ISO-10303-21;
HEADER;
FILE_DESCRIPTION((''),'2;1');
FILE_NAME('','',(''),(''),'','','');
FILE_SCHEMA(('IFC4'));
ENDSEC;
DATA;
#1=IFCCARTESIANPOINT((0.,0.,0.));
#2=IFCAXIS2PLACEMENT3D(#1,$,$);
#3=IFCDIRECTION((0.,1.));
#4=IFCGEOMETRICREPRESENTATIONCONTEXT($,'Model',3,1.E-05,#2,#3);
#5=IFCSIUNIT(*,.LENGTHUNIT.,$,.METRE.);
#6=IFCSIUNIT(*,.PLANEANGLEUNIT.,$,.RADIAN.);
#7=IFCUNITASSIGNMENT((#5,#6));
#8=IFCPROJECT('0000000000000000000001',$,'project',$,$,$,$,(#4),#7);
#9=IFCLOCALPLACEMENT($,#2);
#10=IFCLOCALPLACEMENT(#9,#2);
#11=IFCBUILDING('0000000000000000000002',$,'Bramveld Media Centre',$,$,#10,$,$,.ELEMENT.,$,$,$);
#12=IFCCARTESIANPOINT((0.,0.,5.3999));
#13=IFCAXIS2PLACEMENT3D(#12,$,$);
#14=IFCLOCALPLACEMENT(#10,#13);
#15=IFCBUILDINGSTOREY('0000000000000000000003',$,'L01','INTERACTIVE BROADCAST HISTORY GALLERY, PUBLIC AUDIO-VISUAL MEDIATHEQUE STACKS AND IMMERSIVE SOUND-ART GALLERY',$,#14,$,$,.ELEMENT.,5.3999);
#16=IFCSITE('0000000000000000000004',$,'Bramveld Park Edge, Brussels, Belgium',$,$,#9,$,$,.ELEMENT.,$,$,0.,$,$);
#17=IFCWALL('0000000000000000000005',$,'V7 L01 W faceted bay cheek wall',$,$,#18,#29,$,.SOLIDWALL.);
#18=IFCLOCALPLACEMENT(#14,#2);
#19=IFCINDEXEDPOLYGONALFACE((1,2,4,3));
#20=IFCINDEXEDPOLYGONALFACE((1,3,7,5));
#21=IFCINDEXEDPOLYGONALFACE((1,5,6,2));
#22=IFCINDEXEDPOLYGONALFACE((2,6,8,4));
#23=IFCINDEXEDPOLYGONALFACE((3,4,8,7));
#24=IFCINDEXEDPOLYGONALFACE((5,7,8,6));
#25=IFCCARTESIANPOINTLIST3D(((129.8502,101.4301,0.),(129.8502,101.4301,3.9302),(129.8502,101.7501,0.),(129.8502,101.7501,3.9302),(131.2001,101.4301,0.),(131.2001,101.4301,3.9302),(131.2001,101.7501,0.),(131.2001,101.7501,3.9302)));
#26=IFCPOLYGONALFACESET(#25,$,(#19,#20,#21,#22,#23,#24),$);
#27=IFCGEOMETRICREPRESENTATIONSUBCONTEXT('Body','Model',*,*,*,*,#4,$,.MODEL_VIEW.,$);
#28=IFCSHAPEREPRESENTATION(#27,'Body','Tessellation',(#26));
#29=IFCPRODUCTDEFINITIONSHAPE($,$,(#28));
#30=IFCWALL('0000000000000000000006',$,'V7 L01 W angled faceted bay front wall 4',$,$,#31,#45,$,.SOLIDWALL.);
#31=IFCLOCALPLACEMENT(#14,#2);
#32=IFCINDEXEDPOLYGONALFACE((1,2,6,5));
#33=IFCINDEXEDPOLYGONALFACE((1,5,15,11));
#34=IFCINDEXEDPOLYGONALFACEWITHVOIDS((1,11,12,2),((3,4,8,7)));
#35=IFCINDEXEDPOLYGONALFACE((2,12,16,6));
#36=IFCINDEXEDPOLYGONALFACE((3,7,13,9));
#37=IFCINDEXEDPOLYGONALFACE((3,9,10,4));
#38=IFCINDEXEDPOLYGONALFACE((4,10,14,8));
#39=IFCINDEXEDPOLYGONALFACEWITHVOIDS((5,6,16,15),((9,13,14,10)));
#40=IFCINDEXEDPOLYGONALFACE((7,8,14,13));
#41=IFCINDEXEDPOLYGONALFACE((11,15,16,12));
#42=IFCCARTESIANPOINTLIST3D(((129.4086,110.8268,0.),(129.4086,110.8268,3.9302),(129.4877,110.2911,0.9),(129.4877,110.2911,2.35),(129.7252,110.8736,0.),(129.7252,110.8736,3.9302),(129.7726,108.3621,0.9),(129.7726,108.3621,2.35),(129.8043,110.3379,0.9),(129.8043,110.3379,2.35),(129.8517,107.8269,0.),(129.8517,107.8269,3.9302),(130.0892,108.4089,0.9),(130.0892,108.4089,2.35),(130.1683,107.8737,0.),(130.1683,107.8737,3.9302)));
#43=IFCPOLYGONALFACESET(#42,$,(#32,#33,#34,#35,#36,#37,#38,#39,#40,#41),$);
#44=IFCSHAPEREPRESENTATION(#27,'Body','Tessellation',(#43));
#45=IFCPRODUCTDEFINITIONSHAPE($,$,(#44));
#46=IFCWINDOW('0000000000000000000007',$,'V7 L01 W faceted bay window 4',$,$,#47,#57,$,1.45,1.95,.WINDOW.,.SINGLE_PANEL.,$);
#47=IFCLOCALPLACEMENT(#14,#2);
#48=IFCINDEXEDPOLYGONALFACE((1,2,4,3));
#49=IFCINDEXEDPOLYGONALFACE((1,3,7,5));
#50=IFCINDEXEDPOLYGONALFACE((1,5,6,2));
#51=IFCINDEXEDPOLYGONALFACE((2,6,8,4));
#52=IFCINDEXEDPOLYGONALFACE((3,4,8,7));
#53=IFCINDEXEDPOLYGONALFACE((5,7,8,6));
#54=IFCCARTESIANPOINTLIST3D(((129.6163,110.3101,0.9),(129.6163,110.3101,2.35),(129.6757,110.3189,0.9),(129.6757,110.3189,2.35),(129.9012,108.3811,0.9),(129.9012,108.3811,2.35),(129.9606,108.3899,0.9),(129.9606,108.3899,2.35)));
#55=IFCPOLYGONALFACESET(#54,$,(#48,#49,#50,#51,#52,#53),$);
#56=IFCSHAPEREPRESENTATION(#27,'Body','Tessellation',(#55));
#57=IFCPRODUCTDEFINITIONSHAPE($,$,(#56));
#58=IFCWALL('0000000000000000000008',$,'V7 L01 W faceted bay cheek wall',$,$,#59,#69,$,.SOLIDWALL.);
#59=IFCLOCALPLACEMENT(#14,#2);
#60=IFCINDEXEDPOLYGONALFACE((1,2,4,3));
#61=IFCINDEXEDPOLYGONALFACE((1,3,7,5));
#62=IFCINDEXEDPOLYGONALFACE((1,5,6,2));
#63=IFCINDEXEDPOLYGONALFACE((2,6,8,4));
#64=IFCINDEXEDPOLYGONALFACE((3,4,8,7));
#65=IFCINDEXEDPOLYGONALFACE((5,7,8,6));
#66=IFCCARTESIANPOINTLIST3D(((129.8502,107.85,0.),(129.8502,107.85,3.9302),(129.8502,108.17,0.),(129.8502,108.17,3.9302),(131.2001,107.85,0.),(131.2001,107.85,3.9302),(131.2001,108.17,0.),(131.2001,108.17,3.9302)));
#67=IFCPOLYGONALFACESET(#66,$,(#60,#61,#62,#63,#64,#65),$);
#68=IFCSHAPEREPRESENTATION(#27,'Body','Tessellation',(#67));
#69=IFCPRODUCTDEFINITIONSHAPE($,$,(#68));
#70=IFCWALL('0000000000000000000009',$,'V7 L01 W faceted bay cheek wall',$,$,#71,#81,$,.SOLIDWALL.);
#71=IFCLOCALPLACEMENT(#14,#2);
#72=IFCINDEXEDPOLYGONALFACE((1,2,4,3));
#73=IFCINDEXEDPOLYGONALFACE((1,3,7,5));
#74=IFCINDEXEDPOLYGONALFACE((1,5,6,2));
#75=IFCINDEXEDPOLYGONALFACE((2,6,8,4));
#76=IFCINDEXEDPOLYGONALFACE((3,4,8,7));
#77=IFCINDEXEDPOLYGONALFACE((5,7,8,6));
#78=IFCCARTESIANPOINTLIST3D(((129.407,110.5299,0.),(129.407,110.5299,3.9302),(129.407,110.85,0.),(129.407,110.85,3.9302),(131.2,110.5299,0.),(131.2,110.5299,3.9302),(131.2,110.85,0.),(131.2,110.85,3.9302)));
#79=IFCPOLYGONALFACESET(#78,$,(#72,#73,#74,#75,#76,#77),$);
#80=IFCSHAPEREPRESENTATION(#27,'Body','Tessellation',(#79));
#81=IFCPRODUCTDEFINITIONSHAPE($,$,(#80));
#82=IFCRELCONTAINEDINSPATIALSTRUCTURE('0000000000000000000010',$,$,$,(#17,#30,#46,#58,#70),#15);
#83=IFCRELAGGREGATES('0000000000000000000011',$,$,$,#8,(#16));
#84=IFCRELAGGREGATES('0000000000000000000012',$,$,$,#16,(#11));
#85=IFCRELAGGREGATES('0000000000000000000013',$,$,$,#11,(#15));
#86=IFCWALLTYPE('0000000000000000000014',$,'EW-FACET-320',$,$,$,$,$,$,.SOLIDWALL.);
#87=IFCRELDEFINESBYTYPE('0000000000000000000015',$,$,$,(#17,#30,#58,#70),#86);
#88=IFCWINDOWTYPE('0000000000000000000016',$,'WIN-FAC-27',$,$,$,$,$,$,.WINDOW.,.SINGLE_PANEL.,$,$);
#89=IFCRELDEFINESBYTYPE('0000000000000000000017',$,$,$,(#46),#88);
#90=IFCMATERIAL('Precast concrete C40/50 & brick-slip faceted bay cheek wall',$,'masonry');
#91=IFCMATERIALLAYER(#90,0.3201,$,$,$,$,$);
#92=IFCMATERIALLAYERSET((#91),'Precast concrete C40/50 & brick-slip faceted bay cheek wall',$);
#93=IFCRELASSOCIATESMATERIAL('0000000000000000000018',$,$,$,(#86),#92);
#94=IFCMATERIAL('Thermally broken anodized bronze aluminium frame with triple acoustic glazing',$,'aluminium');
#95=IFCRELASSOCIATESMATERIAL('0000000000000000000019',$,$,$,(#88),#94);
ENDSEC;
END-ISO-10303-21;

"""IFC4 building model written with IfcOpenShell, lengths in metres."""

from ifc_helpers import new_model, si_unit, direction, frame, frame_2d, origin, place, context, subcontext, project, spatial, rectangle, extrude, material, layer, layer_set, type_object, element, fill, save


model = new_model("IFC4")

# Units and contexts
model_context = context("Model", 3, precision=1e-05, world=origin(), true_north=direction((0.0, 1.0)))
body_context = subcontext(model_context, "Body", "Model", "MODEL_VIEW")
ifc_project = project(units=[si_unit("LENGTHUNIT", "METRE"), si_unit("PLANEANGLEUNIT", "RADIAN")], contexts=[model_context])

# Site, building, storey
site_placement = place(None, origin())
site = spatial("IfcSite", under=ifc_project, at=site_placement, Name="Bramveld Park Edge, Brussels, Belgium", CompositionType="ELEMENT", RefElevation=0.0)
building_placement = place(site_placement, origin())
building = spatial("IfcBuilding", under=site, at=building_placement, Name="Bramveld Media Centre", CompositionType="ELEMENT")
storey_placement = place(building_placement, frame((0.0, 0.0, 5.3999)))
storey = spatial("IfcBuildingStorey", under=building, at=storey_placement, Name="L01", Description="INTERACTIVE BROADCAST HISTORY GALLERY, PUBLIC AUDIO-VISUAL MEDIATHEQUE STACKS AND IMMERSIVE SOUND-ART GALLERY", CompositionType="ELEMENT", Elevation=5.3999)

# Shared definitions
ifc_material_1 = material(Name="Precast concrete C40/50 & brick-slip faceted bay cheek wall", Category="masonry")
ifc_layer_1 = layer(ifc_material_1, 0.3201)
ifc_layer_set_1 = layer_set([ifc_layer_1], Name="Precast concrete C40/50 & brick-slip faceted bay cheek wall")
wall_type_1 = type_object("IfcWallType", Name="EW-FACET-320", PredefinedType="SOLIDWALL", material=ifc_layer_set_1)

# Wall
wall_1_placement = place(storey_placement, frame((131.2, 101.5901, 0.0), z_axis=(0.0, 0.0, 1.0), x_axis=(-1.0, 0.0, 0.0)))
element("IfcWall", 1, at=wall_1_placement, inside=storey, type_object=wall_type_1, Name="V7 L01 W faceted bay cheek wall", PredefinedType="SOLIDWALL", context=body_context, shape_type="SweptSolid", body=[
    extrude(rectangle(XDim=1.3499, YDim=0.3201, at=frame_2d((0.6748, 0.0))), origin(), (0.0, 0.0, 1.0), 3.9302),
])

# Wall, opening, window
wall_2_placement = place(storey_placement, frame((129.5669, 110.8501, 0.0), z_axis=(0.0, 0.0, 1.0), x_axis=(0.14612, -0.989267, 0.0)))
wall_2 = element("IfcWall", 2, at=wall_2_placement, inside=storey, type_object=wall_type_1, Name="V7 L01 W angled faceted bay front wall 4", PredefinedType="SOLIDWALL", context=body_context, shape_type="SweptSolid", body=[
    extrude(rectangle(XDim=3.0325, YDim=0.3201, at=frame_2d((1.5161, 0.0))), origin(), (0.0, 0.0, 1.0), 3.9302),
])
opening_1_placement = place(wall_2_placement, frame((0.5413, 0.0, 0.8999)))
opening_1 = element("IfcOpeningElement", 3, at=opening_1_placement, cuts=wall_2, PredefinedType="OPENING", context=body_context, shape_type="SweptSolid", body=[
    extrude(rectangle(XDim=1.95, YDim=1.45, at=frame_2d((0.9751, 0.7251))), frame((0.0, 0.1719, 0.0), z_axis=(0.0, -1.0, 0.0), x_axis=(1.0, 0.0, 0.0)), (0.0, 0.0, 1.0), 0.344),
])
ifc_material_2 = material(Name="Thermally broken anodized bronze aluminium frame with triple acoustic glazing", Category="aluminium")
window_type_1 = type_object("IfcWindowType", Name="WIN-FAC-27", PartitioningType="SINGLE_PANEL", PredefinedType="WINDOW", material=ifc_material_2)
window_1_placement = place(opening_1_placement, origin())
window_1 = element("IfcWindow", 4, at=window_1_placement, inside=storey, type_object=window_type_1, Name="V7 L01 W faceted bay window 4", OverallHeight=1.45, OverallWidth=1.95, PartitioningType="SINGLE_PANEL", PredefinedType="WINDOW", context=body_context, shape_type="SweptSolid", body=[
    extrude(rectangle(XDim=1.95, YDim=1.45, at=frame_2d((0.9751, 0.7251))), frame((0.0, 0.03, 0.0), z_axis=(0.0, -1.0, 0.0), x_axis=(1.0, 0.0, 0.0)), (0.0, 0.0, 1.0), 0.0601),
])
fill(opening_1, window_1)

# Walls
wall_3_placement = place(storey_placement, frame((131.2, 108.01, 0.0), z_axis=(0.0, 0.0, 1.0), x_axis=(-1.0, 0.0, 0.0)))
element("IfcWall", 5, at=wall_3_placement, inside=storey, type_object=wall_type_1, Name="V7 L01 W faceted bay cheek wall", PredefinedType="SOLIDWALL", context=body_context, shape_type="SweptSolid", body=[
    extrude(rectangle(XDim=1.3499, YDim=0.3201, at=frame_2d((0.6748, 0.0))), origin(), (0.0, 0.0, 1.0), 3.9302),
])
wall_4_placement = place(storey_placement, frame((131.2, 110.6899, 0.0), z_axis=(0.0, 0.0, 1.0), x_axis=(-1.0, 0.0, 0.0)))
element("IfcWall", 6, at=wall_4_placement, inside=storey, type_object=wall_type_1, Name="V7 L01 W faceted bay cheek wall", PredefinedType="SOLIDWALL", context=body_context, shape_type="SweptSolid", body=[
    extrude(rectangle(XDim=1.793, YDim=0.3201, at=frame_2d((0.8965, 0.0))), origin(), (0.0, 0.0, 1.0), 3.9302),
])

save(model, "model.ifc")
